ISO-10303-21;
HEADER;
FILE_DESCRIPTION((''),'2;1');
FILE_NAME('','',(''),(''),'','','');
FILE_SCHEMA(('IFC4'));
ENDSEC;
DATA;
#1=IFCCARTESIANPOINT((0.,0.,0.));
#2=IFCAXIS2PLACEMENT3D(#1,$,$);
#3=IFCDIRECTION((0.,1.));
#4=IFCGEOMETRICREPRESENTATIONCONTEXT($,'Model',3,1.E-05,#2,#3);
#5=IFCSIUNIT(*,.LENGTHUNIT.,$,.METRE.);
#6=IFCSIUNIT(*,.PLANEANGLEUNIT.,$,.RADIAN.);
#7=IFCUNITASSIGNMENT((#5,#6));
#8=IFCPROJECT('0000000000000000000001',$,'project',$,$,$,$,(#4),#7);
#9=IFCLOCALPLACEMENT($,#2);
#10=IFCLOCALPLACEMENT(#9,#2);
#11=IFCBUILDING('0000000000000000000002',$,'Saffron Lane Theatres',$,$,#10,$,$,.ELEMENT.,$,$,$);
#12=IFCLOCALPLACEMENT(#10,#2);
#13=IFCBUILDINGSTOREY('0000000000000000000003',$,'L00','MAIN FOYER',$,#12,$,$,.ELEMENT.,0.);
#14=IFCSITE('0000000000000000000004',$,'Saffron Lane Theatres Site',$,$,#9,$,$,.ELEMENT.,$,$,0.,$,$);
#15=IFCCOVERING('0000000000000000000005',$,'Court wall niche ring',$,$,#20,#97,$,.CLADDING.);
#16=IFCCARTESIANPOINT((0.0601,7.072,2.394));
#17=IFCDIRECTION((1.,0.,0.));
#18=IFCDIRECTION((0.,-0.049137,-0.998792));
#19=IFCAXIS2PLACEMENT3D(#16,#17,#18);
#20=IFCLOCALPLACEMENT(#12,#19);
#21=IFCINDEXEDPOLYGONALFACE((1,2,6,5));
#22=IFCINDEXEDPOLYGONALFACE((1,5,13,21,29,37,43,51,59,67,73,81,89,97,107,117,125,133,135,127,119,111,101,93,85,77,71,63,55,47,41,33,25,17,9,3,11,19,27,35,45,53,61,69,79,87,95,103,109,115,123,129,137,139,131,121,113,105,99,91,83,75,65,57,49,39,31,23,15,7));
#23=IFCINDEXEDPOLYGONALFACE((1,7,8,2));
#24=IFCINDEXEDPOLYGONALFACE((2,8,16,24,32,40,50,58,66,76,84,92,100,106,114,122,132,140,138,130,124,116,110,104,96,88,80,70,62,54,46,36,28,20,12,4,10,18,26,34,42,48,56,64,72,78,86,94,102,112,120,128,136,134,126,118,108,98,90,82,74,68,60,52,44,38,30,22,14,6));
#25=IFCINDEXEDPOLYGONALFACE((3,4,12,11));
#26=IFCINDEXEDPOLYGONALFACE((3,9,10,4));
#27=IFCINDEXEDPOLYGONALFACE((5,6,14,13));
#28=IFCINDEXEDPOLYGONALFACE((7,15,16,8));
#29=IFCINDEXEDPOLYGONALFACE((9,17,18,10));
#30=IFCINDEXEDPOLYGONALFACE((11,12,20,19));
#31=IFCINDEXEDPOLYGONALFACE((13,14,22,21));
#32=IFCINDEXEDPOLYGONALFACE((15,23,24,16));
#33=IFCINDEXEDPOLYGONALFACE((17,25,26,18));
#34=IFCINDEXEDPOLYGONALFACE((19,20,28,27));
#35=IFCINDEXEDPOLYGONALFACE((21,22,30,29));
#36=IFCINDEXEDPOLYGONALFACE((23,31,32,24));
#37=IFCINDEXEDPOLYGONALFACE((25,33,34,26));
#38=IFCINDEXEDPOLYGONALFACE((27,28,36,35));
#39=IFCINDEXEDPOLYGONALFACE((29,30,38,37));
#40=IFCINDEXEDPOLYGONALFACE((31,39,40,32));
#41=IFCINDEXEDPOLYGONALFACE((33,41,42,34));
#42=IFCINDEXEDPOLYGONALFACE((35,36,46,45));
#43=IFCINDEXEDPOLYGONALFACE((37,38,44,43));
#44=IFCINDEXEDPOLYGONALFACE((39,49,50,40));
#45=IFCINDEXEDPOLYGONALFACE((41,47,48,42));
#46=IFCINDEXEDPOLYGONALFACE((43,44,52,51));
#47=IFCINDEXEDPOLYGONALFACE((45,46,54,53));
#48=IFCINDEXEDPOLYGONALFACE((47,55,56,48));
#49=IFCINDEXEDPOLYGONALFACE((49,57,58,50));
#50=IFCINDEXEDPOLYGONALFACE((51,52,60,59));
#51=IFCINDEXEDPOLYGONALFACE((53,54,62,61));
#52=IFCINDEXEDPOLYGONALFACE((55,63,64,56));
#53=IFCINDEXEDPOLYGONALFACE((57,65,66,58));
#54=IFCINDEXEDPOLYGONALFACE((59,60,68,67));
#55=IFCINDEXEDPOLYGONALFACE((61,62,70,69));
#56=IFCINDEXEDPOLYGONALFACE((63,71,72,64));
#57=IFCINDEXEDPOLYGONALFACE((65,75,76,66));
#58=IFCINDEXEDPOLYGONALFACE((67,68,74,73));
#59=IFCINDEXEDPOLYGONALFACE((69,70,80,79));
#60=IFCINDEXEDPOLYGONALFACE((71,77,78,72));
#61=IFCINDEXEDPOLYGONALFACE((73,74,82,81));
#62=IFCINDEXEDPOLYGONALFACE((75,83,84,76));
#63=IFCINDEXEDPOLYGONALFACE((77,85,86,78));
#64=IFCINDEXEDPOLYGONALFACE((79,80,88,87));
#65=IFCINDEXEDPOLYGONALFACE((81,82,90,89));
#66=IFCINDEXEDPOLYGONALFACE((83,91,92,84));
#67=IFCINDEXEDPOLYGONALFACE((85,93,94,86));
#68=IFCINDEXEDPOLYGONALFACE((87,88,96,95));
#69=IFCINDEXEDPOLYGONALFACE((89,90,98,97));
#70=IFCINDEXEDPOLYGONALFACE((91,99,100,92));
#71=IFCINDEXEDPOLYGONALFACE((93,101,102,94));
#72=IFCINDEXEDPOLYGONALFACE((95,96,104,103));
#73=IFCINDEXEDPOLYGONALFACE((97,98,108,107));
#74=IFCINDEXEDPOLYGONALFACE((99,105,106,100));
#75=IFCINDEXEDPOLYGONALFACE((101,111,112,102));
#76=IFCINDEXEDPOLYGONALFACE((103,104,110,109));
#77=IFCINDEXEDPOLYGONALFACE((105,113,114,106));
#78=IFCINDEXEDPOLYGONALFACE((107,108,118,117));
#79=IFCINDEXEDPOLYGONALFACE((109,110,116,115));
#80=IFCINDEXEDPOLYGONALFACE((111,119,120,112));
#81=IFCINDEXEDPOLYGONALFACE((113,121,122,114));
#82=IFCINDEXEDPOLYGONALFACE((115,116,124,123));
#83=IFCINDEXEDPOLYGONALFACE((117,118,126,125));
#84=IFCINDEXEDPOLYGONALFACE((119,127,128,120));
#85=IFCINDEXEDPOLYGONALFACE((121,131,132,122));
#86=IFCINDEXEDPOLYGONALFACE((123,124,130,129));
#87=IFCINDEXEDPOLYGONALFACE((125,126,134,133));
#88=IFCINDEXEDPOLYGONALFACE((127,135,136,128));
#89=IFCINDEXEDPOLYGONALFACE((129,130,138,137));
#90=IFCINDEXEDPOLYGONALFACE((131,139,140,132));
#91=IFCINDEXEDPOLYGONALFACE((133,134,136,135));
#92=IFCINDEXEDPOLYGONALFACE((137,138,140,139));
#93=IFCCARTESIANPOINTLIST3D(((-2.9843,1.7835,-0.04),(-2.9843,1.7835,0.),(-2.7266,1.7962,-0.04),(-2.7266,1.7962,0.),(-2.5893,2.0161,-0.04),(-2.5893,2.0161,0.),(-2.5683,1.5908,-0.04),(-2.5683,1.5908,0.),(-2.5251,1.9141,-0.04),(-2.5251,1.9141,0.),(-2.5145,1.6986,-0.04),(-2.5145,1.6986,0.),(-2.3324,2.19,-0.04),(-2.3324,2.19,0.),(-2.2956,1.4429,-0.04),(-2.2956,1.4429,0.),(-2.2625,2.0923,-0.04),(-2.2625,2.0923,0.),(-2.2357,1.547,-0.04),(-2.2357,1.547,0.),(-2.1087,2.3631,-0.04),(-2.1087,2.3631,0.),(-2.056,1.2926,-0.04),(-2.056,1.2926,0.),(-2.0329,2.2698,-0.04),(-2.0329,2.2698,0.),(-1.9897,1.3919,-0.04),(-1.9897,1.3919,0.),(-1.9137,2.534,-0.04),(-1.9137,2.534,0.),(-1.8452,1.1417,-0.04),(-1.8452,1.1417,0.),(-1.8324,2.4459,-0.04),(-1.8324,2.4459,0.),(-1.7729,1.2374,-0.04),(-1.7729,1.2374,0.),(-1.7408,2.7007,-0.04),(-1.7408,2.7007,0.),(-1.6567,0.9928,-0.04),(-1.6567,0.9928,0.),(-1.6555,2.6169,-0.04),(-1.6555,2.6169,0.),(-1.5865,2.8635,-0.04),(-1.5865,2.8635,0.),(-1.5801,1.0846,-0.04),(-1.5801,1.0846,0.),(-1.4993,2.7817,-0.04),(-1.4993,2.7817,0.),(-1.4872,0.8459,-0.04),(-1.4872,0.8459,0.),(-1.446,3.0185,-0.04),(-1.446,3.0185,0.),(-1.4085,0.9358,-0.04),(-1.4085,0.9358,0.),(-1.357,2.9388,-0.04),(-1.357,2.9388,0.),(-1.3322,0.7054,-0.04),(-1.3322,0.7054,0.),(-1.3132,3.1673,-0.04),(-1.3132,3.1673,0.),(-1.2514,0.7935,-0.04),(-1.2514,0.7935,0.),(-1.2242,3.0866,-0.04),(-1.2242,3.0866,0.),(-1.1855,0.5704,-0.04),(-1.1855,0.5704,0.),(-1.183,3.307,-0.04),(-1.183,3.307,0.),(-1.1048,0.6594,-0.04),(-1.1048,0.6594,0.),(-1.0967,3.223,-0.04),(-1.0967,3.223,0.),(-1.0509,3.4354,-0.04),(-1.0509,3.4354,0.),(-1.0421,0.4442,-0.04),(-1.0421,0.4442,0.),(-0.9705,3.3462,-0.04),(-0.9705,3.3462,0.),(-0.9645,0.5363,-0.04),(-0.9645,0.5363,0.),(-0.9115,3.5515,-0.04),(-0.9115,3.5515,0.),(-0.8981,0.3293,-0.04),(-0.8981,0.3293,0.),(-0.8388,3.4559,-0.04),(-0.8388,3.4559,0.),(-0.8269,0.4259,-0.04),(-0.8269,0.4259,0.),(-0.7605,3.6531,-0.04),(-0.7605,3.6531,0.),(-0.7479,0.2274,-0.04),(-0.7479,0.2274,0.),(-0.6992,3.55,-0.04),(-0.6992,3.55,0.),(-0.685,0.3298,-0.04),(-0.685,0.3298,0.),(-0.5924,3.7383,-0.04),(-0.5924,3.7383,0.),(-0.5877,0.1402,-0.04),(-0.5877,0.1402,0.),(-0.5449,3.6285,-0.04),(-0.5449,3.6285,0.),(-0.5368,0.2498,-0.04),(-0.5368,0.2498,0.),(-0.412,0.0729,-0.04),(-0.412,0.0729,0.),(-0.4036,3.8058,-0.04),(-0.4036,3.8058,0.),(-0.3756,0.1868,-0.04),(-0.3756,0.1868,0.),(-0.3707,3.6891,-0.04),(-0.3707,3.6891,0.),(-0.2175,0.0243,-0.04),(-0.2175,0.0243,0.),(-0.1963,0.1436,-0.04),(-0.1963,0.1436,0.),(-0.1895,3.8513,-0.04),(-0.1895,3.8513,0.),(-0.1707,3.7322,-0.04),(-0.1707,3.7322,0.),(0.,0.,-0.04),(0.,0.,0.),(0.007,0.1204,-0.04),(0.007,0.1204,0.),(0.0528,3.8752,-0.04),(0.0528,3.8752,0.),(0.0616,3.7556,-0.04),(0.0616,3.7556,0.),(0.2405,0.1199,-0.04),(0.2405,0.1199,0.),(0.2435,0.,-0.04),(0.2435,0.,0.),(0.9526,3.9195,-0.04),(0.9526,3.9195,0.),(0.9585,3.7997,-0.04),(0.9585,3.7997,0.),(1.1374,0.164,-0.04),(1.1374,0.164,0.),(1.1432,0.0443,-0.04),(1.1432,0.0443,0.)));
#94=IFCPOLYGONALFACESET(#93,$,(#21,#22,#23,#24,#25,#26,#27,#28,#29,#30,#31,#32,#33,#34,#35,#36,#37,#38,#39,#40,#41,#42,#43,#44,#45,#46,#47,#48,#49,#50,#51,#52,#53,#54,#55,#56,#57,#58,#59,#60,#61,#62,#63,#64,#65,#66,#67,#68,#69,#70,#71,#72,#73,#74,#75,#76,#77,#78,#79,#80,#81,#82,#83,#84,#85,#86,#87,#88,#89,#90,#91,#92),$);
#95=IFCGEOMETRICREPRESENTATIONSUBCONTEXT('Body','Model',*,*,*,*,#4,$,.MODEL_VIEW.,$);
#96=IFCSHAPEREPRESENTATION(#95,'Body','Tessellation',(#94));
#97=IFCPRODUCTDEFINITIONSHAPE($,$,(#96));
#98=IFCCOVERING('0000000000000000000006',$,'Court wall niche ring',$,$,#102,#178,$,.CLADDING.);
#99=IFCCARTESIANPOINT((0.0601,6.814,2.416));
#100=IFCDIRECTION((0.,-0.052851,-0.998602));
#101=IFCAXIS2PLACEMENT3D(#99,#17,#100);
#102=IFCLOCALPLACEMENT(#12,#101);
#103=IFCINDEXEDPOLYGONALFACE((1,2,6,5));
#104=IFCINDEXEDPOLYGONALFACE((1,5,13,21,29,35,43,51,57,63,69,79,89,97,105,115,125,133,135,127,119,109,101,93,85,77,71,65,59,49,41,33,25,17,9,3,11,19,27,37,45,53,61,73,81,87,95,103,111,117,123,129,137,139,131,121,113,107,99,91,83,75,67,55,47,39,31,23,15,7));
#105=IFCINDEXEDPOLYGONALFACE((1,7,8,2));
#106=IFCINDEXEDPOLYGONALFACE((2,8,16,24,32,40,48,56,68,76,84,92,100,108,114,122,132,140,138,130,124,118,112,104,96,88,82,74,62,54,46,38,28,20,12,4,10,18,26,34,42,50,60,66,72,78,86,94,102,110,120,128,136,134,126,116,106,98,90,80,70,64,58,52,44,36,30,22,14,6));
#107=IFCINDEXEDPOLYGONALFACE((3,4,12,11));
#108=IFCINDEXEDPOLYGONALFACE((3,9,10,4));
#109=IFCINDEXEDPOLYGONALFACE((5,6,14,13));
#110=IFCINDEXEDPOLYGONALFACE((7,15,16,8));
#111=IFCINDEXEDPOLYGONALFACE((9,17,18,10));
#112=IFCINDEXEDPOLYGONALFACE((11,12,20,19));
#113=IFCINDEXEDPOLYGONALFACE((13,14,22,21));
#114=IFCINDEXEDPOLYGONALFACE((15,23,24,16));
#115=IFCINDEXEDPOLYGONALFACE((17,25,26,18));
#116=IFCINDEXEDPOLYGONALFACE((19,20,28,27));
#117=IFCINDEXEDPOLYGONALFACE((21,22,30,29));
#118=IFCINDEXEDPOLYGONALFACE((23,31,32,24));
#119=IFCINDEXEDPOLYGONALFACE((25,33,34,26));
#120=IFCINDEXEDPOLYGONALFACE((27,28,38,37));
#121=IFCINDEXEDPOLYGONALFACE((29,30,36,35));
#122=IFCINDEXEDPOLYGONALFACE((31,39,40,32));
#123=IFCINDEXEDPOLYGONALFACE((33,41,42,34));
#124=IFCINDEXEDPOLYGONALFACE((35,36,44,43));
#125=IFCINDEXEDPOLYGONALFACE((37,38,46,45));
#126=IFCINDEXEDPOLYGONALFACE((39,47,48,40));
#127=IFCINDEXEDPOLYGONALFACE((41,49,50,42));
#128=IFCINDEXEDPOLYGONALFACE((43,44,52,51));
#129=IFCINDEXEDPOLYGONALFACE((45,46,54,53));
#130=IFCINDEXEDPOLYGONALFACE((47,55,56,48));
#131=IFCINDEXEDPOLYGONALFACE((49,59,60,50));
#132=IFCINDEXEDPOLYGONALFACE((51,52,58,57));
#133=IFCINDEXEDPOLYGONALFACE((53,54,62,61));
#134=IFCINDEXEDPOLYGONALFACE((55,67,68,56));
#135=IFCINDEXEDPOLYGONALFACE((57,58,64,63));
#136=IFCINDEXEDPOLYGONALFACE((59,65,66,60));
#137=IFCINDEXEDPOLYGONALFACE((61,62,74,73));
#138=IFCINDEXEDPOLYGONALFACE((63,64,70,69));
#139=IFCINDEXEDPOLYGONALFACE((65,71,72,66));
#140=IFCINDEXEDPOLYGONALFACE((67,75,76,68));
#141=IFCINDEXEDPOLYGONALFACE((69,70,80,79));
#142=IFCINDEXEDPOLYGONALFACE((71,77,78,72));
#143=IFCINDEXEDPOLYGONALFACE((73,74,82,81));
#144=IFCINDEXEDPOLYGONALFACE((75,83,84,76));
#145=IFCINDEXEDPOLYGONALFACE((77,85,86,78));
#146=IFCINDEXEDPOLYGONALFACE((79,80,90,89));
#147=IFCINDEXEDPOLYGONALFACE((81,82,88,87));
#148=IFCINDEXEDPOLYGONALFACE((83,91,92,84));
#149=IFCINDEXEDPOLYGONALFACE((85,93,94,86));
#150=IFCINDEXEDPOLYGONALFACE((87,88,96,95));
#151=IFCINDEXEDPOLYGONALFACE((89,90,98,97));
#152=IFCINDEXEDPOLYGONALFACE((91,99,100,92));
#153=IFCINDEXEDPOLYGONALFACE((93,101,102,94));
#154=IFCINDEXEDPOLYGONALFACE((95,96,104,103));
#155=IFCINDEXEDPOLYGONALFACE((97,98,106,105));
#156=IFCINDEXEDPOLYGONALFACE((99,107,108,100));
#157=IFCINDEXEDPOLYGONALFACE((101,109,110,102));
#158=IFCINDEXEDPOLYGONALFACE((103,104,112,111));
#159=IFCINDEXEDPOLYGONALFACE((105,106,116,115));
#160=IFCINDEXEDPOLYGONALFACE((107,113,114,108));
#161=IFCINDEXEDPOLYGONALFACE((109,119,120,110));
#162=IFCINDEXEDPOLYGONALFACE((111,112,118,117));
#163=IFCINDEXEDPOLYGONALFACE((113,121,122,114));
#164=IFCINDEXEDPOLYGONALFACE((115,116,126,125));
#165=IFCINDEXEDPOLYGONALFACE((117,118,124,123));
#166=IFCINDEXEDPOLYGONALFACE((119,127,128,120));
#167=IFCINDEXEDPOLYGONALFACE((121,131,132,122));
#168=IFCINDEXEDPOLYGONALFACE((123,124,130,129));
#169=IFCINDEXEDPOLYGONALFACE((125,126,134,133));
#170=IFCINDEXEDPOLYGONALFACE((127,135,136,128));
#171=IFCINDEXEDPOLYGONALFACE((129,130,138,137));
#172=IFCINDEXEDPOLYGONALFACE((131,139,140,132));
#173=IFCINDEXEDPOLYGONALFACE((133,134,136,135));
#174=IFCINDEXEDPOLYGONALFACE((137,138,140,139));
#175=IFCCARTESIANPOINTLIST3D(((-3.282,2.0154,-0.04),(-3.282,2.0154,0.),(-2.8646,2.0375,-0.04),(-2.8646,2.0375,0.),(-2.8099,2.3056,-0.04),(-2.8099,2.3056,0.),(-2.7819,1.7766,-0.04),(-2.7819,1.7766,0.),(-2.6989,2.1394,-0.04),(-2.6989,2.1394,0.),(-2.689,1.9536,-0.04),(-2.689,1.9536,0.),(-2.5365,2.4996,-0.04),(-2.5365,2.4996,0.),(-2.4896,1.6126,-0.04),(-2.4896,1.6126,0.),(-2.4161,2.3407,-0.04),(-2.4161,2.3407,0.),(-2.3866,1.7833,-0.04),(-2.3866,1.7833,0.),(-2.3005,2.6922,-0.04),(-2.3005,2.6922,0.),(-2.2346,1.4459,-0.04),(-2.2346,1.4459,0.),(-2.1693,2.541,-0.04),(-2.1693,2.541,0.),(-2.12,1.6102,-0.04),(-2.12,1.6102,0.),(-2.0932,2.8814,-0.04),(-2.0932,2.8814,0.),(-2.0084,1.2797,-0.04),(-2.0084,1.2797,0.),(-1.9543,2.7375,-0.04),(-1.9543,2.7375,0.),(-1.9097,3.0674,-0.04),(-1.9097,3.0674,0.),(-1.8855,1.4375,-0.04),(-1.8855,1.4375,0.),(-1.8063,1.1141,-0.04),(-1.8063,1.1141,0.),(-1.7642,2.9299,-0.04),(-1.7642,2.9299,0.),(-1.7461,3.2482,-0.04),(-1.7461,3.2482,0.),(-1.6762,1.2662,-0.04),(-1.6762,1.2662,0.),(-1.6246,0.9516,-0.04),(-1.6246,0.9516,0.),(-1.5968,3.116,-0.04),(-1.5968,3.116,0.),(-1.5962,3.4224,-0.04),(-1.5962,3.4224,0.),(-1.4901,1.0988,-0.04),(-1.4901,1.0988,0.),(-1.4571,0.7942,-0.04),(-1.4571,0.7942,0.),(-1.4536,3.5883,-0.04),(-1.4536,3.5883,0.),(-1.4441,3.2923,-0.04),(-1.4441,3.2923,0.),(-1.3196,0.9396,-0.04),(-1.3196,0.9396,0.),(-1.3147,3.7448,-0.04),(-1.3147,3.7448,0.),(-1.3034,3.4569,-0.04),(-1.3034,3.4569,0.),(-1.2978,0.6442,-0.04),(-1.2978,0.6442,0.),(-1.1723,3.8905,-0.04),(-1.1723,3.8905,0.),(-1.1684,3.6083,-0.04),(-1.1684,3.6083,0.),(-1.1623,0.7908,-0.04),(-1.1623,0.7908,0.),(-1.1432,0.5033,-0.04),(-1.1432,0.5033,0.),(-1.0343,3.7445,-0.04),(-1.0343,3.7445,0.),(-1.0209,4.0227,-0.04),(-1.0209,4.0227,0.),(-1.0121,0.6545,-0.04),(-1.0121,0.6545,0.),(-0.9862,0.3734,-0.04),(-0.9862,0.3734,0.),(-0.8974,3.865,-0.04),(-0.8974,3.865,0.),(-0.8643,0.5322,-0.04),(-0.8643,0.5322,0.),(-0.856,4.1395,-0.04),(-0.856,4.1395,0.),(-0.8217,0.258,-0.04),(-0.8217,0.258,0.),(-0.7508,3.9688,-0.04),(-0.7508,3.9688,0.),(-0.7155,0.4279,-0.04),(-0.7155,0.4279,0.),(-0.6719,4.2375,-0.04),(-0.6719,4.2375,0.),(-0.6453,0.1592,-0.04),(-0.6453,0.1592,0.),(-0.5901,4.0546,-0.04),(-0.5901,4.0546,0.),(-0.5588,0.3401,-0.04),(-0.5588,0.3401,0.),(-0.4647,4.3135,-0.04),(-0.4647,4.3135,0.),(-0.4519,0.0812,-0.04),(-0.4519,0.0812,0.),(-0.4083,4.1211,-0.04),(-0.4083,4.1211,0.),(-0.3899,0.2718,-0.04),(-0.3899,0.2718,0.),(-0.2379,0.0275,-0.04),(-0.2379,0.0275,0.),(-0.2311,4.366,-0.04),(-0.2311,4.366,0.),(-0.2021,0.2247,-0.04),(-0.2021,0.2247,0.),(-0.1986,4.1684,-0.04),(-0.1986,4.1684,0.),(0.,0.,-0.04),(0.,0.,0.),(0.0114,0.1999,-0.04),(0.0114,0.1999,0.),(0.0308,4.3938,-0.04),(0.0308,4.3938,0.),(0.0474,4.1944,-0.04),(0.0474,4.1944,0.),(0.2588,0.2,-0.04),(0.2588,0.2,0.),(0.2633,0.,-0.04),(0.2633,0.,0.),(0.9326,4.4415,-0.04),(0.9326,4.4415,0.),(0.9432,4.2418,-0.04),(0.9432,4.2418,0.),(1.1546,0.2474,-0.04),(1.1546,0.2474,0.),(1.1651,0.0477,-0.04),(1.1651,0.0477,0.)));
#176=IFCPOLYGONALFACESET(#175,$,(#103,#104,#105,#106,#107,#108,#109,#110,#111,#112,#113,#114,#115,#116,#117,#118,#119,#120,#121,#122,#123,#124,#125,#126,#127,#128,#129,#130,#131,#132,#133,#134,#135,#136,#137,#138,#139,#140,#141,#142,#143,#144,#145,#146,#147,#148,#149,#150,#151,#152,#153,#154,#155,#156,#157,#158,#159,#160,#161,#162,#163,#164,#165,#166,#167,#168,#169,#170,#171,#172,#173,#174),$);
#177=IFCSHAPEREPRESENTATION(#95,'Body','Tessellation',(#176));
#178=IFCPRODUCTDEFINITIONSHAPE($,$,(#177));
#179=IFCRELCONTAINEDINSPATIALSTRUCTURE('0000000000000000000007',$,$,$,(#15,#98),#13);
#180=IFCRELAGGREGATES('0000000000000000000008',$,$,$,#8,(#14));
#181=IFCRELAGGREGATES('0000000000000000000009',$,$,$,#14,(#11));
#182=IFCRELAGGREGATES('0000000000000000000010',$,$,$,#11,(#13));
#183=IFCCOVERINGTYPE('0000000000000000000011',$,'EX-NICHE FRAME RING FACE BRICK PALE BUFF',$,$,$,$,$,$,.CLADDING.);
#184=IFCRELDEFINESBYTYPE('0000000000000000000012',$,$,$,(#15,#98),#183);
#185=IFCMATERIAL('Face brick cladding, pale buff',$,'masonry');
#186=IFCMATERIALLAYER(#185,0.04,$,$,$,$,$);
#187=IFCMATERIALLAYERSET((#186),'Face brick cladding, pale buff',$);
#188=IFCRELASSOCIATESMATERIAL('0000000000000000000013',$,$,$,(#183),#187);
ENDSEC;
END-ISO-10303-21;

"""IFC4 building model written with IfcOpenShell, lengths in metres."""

from ifc_helpers import new_model, si_unit, direction, frame, origin, place, context, subcontext, project, spatial, polyline, outline, extrude, material, layer, layer_set, type_object, element, save


model = new_model("IFC4")

# Units and contexts
model_context = context("Model", 3, precision=1e-05, world=origin(), true_north=direction((0.0, 1.0)))
body_context = subcontext(model_context, "Body", "Model", "MODEL_VIEW")
ifc_project = project(units=[si_unit("LENGTHUNIT", "METRE"), si_unit("PLANEANGLEUNIT", "RADIAN")], contexts=[model_context])

# Site, building, storey
site_placement = place(None, origin())
site = spatial("IfcSite", under=ifc_project, at=site_placement, Name="Saffron Lane Theatres Site", CompositionType="ELEMENT", RefElevation=0.0)
building_placement = place(site_placement, origin())
building = spatial("IfcBuilding", under=site, at=building_placement, Name="Saffron Lane Theatres", CompositionType="ELEMENT")
storey_placement = place(building_placement, origin())
storey = spatial("IfcBuildingStorey", under=building, at=storey_placement, Name="L00", Description="MAIN FOYER", CompositionType="ELEMENT", Elevation=0.0)

# Coverings
ifc_material_1 = material(Name="Face brick cladding, pale buff", Category="masonry")
ifc_layer_1 = layer(ifc_material_1, 0.04)
ifc_layer_set_1 = layer_set([ifc_layer_1], Name="Face brick cladding, pale buff")
covering_type_1 = type_object("IfcCoveringType", Name="EX-NICHE FRAME RING FACE BRICK PALE BUFF", PredefinedType="CLADDING", material=ifc_layer_set_1)
covering_1_placement = place(storey_placement, frame((0.0601, 7.072, 2.394), z_axis=(1.0, 0.0, 0.0), x_axis=(0.0, -0.049137, -0.998792)))
element("IfcCovering", 1, at=covering_1_placement, inside=storey, type_object=covering_type_1, Name="Court wall niche ring", PredefinedType="CLADDING", context=body_context, shape_type="SweptSolid", body=[
    extrude(outline(polyline([(0.0, 0.0), (0.2435, 0.0), (1.1432, 0.0443), (1.1374, 0.164), (0.2405, 0.1199), (0.007, 0.1204), (-0.1963, 0.1436), (-0.3756, 0.1868), (-0.5368, 0.2498), (-0.685, 0.3298), (-0.8269, 0.4259), (-0.9645, 0.5363), (-1.1048, 0.6594), (-1.2514, 0.7935), (-1.4085, 0.9358), (-1.5801, 1.0846), (-1.7729, 1.2374), (-1.9897, 1.3919), (-2.2357, 1.547), (-2.5145, 1.6986), (-2.7266, 1.7962), (-2.5251, 1.9141), (-2.2625, 2.0923), (-2.0329, 2.2698), (-1.8324, 2.4459), (-1.6555, 2.6169), (-1.4993, 2.7817), (-1.357, 2.9388), (-1.2242, 3.0866), (-1.0967, 3.223), (-0.9705, 3.3462), (-0.8388, 3.4559), (-0.6992, 3.55), (-0.5449, 3.6285), (-0.3707, 3.6891), (-0.1707, 3.7322), (0.0616, 3.7556), (0.9585, 3.7997), (0.9526, 3.9195), (0.0528, 3.8752), (-0.1895, 3.8513), (-0.4036, 3.8058), (-0.5924, 3.7383), (-0.7605, 3.6531), (-0.9115, 3.5515), (-1.0509, 3.4354), (-1.183, 3.307), (-1.3132, 3.1673), (-1.446, 3.0185), (-1.5865, 2.8635), (-1.7408, 2.7007), (-1.9137, 2.534), (-2.1087, 2.3631), (-2.3324, 2.19), (-2.5893, 2.0161), (-2.9843, 1.7835), (-2.5683, 1.5908), (-2.2956, 1.4429), (-2.056, 1.2926), (-1.8452, 1.1417), (-1.6567, 0.9928), (-1.4872, 0.8459), (-1.3322, 0.7054), (-1.1855, 0.5704), (-1.0421, 0.4442), (-0.8981, 0.3293), (-0.7479, 0.2274), (-0.5877, 0.1402), (-0.412, 0.0729), (-0.2175, 0.0243), (0.0, 0.0)])), origin(), (0.0, 0.0, -1.0), 0.04),
])
covering_2_placement = place(storey_placement, frame((0.0601, 6.814, 2.416), z_axis=(1.0, 0.0, 0.0), x_axis=(0.0, -0.052851, -0.998602)))
element("IfcCovering", 2, at=covering_2_placement, inside=storey, type_object=covering_type_1, Name="Court wall niche ring", PredefinedType="CLADDING", context=body_context, shape_type="SweptSolid", body=[
    extrude(outline(polyline([(0.0, 0.0), (0.2633, 0.0), (1.1651, 0.0477), (1.1546, 0.2474), (0.2588, 0.2), (0.0114, 0.1999), (-0.2021, 0.2247), (-0.3899, 0.2718), (-0.5588, 0.3401), (-0.7155, 0.4279), (-0.8643, 0.5322), (-1.0121, 0.6545), (-1.1623, 0.7908), (-1.3196, 0.9396), (-1.4901, 1.0988), (-1.6762, 1.2662), (-1.8855, 1.4375), (-2.12, 1.6102), (-2.3866, 1.7833), (-2.689, 1.9536), (-2.8646, 2.0375), (-2.6989, 2.1394), (-2.4161, 2.3407), (-2.1693, 2.541), (-1.9543, 2.7375), (-1.7642, 2.9299), (-1.5968, 3.116), (-1.4441, 3.2923), (-1.3034, 3.4569), (-1.1684, 3.6083), (-1.0343, 3.7445), (-0.8974, 3.865), (-0.7508, 3.9688), (-0.5901, 4.0546), (-0.4083, 4.1211), (-0.1986, 4.1684), (0.0474, 4.1944), (0.9432, 4.2418), (0.9326, 4.4415), (0.0308, 4.3938), (-0.2311, 4.366), (-0.4647, 4.3135), (-0.6719, 4.2375), (-0.856, 4.1395), (-1.0209, 4.0227), (-1.1723, 3.8905), (-1.3147, 3.7448), (-1.4536, 3.5883), (-1.5962, 3.4224), (-1.7461, 3.2482), (-1.9097, 3.0674), (-2.0932, 2.8814), (-2.3005, 2.6922), (-2.5365, 2.4996), (-2.8099, 2.3056), (-3.282, 2.0154), (-2.7819, 1.7766), (-2.4896, 1.6126), (-2.2346, 1.4459), (-2.0084, 1.2797), (-1.8063, 1.1141), (-1.6246, 0.9516), (-1.4571, 0.7942), (-1.2978, 0.6442), (-1.1432, 0.5033), (-0.9862, 0.3734), (-0.8217, 0.258), (-0.6453, 0.1592), (-0.4519, 0.0812), (-0.2379, 0.0275), (0.0, 0.0)])), origin(), (0.0, 0.0, -1.0), 0.04),
])

save(model, "model.ifc")
